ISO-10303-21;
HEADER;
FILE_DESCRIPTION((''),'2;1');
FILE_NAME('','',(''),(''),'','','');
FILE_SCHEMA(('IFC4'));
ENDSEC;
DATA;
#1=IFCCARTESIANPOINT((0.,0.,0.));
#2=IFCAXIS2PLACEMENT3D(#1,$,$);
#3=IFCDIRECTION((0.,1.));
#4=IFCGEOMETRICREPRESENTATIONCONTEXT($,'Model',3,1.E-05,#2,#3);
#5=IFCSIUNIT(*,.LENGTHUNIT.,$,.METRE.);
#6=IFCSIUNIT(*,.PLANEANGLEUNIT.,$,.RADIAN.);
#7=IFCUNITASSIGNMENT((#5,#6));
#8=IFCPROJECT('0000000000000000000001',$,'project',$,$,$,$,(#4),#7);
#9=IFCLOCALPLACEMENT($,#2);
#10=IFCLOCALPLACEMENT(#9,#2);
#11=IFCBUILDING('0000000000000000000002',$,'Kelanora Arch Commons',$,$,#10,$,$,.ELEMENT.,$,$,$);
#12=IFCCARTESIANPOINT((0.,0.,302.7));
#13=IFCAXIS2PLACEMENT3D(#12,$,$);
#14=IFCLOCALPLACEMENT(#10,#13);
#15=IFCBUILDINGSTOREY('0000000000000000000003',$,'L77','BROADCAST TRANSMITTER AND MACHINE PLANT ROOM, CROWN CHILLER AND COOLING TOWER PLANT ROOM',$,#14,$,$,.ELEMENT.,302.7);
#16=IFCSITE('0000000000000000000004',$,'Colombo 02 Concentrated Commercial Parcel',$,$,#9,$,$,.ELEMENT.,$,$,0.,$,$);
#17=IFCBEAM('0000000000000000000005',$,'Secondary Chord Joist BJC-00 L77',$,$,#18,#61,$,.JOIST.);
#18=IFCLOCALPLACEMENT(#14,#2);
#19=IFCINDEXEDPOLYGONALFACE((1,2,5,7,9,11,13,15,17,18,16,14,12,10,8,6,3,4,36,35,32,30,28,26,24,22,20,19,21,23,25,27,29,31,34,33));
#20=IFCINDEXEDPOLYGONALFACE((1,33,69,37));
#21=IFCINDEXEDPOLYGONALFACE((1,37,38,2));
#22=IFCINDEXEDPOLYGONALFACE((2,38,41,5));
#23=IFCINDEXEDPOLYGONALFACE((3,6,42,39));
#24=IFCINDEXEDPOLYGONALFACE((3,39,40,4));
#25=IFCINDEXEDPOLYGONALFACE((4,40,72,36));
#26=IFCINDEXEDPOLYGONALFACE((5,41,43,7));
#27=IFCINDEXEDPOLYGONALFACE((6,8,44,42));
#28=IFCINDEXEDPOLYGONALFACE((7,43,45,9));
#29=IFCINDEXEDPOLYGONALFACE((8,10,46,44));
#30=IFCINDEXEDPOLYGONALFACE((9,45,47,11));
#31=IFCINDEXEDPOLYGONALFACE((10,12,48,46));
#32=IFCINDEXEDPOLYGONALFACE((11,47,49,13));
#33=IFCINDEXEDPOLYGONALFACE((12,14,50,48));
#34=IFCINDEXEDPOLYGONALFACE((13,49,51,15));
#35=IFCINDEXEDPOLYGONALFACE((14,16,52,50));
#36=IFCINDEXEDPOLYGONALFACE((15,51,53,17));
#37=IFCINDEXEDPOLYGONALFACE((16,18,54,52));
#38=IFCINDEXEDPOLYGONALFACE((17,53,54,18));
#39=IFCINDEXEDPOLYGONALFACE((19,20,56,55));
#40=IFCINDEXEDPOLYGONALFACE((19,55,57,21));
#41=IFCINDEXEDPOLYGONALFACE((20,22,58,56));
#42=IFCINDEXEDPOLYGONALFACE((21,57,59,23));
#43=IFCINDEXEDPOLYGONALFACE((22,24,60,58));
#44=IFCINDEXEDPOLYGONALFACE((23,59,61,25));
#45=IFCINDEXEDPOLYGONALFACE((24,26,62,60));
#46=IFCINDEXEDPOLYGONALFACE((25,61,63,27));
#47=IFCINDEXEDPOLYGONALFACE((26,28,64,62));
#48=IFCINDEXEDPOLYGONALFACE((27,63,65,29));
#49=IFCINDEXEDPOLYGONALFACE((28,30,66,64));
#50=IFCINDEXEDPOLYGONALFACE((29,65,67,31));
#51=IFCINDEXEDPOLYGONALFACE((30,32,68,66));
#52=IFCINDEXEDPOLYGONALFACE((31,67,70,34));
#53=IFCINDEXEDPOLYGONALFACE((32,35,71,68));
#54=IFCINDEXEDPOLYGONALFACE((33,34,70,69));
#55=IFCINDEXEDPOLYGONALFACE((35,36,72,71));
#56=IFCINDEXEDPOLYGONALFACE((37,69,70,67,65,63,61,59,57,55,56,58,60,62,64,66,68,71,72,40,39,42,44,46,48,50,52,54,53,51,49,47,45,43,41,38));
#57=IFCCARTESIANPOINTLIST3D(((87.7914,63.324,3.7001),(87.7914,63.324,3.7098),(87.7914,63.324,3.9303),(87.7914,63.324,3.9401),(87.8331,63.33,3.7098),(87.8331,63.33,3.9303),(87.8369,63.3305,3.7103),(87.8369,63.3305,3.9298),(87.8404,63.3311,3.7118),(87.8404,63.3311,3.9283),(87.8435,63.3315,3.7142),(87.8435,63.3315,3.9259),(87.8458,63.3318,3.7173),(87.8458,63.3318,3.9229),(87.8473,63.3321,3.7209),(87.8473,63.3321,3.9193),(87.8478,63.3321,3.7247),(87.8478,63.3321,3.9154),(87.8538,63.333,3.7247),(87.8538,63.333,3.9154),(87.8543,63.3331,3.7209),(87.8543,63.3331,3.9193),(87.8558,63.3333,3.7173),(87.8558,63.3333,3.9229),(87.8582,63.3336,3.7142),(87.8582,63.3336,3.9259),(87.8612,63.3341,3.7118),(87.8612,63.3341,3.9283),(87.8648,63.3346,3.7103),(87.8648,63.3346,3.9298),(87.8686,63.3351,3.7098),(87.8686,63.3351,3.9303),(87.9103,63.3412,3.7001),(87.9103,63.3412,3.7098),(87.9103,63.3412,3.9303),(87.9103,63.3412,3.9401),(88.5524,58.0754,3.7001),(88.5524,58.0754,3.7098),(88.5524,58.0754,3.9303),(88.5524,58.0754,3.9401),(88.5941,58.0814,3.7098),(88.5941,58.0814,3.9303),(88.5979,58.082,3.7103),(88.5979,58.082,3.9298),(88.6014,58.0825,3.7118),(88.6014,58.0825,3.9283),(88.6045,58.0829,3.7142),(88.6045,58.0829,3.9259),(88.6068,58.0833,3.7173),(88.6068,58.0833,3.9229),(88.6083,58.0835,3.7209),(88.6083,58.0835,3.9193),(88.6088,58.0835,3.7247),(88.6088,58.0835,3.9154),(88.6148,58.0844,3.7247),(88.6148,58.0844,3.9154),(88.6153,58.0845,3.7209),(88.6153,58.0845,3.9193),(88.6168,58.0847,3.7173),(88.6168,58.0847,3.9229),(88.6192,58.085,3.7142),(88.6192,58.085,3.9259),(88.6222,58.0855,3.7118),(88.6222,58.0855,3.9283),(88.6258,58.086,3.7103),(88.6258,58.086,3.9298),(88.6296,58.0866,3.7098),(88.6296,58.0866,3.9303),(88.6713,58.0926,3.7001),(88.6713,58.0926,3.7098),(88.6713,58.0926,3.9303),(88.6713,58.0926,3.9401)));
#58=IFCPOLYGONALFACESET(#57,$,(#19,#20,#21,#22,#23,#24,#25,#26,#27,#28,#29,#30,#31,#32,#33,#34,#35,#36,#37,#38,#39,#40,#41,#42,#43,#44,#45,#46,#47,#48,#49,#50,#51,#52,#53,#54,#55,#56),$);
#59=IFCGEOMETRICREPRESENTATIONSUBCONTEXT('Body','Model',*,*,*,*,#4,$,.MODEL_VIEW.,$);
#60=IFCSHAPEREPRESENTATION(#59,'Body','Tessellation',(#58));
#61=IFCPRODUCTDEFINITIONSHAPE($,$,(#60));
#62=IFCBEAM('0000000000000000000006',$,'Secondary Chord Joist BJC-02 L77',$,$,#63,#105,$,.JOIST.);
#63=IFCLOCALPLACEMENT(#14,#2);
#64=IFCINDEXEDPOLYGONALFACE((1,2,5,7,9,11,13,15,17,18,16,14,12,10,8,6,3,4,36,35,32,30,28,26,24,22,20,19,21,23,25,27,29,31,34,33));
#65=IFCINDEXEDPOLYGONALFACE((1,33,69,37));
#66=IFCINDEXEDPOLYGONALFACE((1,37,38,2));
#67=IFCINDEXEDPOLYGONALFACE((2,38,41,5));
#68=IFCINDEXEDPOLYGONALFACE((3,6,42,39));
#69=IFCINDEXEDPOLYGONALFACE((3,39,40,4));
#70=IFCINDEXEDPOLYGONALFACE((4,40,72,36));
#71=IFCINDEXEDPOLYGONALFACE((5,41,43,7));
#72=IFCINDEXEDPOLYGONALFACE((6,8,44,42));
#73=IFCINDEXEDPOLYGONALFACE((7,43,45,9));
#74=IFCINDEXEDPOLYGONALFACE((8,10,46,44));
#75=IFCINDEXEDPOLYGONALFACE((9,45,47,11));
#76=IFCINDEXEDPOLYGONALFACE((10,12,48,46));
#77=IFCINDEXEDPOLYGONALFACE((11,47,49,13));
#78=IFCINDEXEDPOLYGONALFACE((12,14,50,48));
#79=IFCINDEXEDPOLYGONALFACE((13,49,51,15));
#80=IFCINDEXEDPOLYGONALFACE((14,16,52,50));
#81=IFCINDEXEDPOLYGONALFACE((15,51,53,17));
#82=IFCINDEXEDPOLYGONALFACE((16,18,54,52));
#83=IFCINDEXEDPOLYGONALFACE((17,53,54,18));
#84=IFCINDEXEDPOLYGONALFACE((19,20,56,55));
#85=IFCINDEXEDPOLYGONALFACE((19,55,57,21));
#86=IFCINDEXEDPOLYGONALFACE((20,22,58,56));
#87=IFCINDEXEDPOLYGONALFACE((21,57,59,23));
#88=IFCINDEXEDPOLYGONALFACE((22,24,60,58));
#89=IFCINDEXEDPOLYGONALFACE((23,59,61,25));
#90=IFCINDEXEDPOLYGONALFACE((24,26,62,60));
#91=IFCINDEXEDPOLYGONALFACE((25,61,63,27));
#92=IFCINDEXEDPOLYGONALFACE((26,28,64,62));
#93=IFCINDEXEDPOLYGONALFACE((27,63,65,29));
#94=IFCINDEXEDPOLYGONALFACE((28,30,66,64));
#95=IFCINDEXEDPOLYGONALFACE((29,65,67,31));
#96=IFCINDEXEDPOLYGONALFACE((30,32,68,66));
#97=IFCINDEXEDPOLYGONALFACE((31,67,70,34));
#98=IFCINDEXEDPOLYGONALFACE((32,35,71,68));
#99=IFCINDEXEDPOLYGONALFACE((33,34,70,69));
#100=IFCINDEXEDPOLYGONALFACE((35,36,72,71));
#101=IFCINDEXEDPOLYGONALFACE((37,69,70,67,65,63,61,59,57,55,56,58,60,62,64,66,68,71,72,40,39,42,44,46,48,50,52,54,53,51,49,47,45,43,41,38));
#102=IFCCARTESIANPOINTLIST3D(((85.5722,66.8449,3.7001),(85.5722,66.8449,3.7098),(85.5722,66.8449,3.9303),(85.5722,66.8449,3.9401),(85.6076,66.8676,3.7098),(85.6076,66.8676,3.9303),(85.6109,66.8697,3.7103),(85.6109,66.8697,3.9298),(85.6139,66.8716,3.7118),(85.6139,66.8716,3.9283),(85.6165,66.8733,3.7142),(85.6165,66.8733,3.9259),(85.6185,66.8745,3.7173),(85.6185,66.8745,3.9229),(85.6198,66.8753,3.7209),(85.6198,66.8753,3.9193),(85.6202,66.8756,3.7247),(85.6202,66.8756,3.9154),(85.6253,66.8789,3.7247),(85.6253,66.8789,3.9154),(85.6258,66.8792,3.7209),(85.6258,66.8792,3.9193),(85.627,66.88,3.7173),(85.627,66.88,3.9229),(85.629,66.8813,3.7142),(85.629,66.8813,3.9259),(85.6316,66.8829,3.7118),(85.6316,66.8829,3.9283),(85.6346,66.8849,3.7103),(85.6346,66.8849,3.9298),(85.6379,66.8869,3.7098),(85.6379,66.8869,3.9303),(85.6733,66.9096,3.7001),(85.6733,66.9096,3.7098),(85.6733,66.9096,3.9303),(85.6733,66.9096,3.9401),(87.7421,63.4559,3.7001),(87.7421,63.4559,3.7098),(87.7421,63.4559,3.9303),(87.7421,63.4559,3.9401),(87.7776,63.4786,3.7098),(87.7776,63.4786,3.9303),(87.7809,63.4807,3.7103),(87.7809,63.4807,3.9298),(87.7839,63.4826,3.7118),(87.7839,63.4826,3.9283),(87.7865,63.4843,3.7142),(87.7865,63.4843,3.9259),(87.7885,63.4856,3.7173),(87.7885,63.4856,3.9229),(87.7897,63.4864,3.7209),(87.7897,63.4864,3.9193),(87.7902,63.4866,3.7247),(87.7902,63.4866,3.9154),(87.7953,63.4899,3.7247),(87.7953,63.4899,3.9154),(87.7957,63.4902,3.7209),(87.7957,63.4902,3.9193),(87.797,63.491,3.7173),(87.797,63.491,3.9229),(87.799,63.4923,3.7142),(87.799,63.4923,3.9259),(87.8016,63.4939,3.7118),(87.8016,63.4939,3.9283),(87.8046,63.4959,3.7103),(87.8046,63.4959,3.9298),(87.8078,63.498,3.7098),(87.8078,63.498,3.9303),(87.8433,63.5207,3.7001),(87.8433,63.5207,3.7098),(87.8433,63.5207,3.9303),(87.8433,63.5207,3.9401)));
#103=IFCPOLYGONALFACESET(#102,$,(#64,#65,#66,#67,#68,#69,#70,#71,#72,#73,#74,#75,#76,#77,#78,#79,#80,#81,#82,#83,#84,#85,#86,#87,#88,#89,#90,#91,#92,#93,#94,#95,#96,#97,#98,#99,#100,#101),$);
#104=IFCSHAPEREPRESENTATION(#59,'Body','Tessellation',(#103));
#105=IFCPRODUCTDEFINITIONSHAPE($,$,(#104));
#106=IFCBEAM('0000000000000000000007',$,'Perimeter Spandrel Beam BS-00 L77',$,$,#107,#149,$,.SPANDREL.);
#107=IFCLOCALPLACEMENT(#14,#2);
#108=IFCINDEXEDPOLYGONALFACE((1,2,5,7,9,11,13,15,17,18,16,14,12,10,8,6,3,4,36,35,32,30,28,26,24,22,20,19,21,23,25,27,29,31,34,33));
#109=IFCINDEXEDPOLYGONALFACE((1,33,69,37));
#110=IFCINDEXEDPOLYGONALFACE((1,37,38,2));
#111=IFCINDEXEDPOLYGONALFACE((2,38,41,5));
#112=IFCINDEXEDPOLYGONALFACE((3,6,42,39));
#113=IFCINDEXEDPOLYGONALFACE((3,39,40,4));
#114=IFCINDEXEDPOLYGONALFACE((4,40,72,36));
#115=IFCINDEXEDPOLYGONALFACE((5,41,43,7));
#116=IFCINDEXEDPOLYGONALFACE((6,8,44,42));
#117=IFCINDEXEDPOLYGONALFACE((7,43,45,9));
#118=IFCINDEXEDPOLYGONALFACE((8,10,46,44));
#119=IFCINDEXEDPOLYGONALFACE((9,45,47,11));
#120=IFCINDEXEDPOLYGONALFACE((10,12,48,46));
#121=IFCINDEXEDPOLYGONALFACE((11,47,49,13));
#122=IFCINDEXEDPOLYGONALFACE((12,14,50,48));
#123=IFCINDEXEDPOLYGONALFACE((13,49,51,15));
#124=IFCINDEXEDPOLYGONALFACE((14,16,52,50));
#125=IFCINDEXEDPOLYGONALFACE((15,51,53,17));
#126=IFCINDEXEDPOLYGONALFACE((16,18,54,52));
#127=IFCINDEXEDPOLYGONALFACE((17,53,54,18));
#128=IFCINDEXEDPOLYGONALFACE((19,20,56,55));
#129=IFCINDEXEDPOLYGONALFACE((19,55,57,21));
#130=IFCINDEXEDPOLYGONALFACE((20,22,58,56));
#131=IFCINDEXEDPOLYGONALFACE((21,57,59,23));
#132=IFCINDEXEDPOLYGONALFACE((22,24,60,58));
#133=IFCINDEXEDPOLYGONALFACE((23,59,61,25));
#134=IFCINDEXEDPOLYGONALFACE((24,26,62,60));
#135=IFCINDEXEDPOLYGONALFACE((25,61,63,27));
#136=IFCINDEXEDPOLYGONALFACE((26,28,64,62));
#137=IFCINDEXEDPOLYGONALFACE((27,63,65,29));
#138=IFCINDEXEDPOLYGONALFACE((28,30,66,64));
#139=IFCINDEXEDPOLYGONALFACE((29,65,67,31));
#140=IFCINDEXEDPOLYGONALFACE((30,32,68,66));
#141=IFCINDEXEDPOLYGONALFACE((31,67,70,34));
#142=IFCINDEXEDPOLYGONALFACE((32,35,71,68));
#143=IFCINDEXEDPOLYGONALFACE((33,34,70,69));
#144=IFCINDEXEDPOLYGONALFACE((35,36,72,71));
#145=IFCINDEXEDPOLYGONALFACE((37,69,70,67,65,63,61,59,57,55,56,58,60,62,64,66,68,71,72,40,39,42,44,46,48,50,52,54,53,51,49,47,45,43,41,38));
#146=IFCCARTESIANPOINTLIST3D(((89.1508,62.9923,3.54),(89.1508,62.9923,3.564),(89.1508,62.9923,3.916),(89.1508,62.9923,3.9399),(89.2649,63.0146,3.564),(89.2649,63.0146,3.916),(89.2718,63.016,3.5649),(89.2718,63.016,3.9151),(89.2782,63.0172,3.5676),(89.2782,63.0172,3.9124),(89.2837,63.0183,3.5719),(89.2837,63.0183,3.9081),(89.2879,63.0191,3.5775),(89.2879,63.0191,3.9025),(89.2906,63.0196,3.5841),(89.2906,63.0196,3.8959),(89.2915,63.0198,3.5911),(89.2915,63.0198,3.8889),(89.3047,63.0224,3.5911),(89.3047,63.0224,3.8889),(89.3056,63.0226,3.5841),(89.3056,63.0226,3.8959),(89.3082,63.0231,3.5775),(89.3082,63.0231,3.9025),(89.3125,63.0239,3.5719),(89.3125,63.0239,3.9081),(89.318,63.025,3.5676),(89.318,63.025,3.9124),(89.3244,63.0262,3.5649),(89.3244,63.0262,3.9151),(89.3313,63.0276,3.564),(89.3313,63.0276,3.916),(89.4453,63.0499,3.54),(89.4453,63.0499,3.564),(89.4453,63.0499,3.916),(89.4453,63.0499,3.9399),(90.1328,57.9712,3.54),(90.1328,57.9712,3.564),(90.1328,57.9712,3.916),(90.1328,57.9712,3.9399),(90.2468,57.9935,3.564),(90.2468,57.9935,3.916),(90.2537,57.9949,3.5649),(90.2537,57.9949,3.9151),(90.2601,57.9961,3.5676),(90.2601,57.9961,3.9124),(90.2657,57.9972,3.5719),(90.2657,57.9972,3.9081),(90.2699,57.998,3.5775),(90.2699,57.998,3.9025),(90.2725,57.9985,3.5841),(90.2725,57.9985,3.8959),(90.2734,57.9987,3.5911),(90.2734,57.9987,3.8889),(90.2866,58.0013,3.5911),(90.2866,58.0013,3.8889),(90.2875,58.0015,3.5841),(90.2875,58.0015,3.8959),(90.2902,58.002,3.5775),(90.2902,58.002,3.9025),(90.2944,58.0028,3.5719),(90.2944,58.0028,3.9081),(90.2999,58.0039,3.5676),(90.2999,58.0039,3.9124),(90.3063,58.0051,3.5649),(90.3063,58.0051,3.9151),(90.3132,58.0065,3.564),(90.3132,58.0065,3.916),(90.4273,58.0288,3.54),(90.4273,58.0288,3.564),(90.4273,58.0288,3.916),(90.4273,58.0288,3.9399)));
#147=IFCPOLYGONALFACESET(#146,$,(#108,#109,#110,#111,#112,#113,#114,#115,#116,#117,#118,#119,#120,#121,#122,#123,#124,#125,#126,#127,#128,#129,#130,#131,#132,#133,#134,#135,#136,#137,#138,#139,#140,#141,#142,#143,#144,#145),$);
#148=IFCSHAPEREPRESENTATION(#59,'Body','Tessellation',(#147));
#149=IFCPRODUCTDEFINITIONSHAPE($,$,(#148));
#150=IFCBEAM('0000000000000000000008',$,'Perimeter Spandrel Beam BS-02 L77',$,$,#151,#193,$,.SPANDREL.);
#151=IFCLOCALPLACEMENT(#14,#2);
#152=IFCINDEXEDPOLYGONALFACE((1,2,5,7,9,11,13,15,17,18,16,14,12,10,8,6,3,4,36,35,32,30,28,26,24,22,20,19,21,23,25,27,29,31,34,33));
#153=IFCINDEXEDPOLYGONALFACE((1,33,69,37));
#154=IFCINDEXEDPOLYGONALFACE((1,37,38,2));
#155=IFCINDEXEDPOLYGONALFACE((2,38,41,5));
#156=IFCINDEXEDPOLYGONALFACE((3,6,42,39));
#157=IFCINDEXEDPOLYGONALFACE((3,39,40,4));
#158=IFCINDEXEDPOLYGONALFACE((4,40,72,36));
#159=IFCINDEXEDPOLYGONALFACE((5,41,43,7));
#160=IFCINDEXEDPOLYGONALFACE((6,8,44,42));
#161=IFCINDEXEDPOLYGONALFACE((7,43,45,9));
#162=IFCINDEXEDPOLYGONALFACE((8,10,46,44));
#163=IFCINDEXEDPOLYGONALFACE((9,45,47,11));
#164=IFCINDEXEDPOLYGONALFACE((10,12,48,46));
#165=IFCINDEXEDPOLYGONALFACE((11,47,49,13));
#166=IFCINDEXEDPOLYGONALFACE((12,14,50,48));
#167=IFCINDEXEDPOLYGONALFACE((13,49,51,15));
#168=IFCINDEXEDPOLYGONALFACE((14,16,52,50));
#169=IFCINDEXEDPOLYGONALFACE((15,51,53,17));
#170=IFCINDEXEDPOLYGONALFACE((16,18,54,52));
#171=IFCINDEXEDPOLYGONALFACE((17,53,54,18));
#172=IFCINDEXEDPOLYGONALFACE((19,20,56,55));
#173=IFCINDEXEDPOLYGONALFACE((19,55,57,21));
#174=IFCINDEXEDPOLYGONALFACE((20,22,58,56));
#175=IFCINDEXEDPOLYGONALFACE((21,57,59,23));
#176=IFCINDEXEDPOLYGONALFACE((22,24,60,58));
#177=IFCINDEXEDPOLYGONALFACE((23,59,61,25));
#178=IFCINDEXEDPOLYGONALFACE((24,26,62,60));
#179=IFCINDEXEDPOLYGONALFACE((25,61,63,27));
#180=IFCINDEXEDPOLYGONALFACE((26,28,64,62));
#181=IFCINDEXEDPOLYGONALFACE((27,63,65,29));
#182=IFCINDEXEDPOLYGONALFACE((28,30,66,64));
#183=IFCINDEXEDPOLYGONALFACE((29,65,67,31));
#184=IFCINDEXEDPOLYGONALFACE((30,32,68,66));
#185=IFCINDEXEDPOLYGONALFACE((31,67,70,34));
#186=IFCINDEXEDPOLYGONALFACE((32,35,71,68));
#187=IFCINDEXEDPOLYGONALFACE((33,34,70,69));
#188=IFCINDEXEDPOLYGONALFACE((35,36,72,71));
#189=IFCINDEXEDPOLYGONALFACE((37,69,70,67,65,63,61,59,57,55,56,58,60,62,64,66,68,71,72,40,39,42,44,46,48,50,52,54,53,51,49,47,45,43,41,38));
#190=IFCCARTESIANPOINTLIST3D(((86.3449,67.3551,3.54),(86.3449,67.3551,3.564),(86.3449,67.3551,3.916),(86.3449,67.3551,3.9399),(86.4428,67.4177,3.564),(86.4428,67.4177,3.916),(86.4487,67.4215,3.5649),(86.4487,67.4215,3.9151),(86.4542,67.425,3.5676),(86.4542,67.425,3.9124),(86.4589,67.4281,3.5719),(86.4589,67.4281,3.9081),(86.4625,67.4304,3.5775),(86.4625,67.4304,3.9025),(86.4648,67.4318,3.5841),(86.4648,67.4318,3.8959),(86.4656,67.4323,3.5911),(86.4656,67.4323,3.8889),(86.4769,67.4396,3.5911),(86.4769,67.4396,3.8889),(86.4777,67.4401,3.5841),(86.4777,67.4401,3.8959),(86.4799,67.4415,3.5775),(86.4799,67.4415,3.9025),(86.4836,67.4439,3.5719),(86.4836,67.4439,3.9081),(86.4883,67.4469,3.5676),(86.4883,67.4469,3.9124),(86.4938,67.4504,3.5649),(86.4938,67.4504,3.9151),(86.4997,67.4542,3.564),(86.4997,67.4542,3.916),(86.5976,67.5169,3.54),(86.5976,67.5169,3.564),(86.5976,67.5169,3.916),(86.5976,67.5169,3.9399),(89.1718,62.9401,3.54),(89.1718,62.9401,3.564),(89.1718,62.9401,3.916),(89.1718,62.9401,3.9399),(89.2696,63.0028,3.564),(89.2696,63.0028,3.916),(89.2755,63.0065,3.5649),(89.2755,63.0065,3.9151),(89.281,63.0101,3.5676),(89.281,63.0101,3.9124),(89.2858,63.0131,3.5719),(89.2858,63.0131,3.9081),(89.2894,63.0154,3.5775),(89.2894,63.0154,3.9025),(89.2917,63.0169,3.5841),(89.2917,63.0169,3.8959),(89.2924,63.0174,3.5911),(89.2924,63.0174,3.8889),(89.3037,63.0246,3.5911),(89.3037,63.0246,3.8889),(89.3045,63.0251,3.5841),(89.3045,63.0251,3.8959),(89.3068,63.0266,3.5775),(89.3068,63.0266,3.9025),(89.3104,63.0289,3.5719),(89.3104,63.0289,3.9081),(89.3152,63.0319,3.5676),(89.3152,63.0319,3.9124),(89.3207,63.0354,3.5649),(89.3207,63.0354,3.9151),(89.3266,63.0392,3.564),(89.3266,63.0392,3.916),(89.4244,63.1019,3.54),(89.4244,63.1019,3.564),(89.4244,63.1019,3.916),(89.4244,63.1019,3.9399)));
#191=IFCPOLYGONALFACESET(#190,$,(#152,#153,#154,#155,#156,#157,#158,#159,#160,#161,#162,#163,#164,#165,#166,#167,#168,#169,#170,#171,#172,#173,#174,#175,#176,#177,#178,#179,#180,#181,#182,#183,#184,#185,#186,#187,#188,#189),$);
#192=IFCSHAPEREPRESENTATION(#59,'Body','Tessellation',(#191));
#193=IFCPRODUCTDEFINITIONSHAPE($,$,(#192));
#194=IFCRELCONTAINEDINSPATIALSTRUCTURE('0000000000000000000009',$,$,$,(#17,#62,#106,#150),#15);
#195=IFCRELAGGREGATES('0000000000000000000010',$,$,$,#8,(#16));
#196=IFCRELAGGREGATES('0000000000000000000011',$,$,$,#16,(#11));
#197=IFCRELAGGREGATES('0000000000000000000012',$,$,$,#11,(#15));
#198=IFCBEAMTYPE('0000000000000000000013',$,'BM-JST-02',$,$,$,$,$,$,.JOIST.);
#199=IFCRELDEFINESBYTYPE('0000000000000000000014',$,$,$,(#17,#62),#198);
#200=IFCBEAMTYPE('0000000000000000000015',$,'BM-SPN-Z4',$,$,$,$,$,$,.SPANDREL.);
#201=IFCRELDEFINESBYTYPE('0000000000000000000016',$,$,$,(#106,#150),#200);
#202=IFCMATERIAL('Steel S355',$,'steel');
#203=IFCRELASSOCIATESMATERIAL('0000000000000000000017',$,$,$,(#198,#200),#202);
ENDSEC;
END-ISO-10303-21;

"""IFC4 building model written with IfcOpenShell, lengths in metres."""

from ifc_helpers import new_model, si_unit, direction, frame, origin, origin_2d, place, context, subcontext, project, spatial, i_section, extrude, material, material_profile, profile_set, type_object, element, save


model = new_model("IFC4")

# Units and contexts
model_context = context("Model", 3, precision=1e-05, world=origin(), true_north=direction((0.0, 1.0)))
body_context = subcontext(model_context, "Body", "Model", "MODEL_VIEW")
ifc_project = project(units=[si_unit("LENGTHUNIT", "METRE"), si_unit("PLANEANGLEUNIT", "RADIAN")], contexts=[model_context])

# Site, building, storey
site_placement = place(None, origin())
site = spatial("IfcSite", under=ifc_project, at=site_placement, Name="Colombo 02 Concentrated Commercial Parcel", CompositionType="ELEMENT", RefElevation=0.0)
building_placement = place(site_placement, origin())
building = spatial("IfcBuilding", under=site, at=building_placement, Name="Kelanora Arch Commons", CompositionType="ELEMENT")
storey_placement = place(building_placement, frame((0.0, 0.0, 302.7)))
storey = spatial("IfcBuildingStorey", under=building, at=storey_placement, Name="L77", Description="BROADCAST TRANSMITTER AND MACHINE PLANT ROOM, CROWN CHILLER AND COOLING TOWER PLANT ROOM", CompositionType="ELEMENT", Elevation=302.7)

# Beams
ifc_material_1 = material(Name="Steel S355", Category="steel")
ifc_material_profile_1 = material_profile(ifc_material_1, i_section(OverallWidth=0.1201, OverallDepth=0.24, WebThickness=0.0061, FlangeThickness=0.0098, FilletRadius=0.0149, at=origin_2d()), Name="IPE240")
ifc_profile_set_1 = profile_set([ifc_material_profile_1], Name="Steel S355")
beam_type_1 = type_object("IfcBeamType", Name="BM-JST-02", PredefinedType="JOIST", material=ifc_profile_set_1)
beam_1_placement = place(storey_placement, frame((88.6118, 58.084, 3.8201), z_axis=(-0.14349, 0.989652, 0.0), x_axis=(-0.989652, -0.14349, 0.0)))
element("IfcBeam", 1, at=beam_1_placement, inside=storey, type_object=beam_type_1, Name="Secondary Chord Joist BJC-00 L77", PredefinedType="JOIST", context=body_context, shape_type="SweptSolid", body=[
    extrude(i_section(OverallWidth=0.1201, OverallDepth=0.24, WebThickness=0.0061, FlangeThickness=0.0098, FilletRadius=0.0149, at=origin_2d()), origin(), (0.0, 0.0, 1.0), 5.3035),
])
beam_2_placement = place(storey_placement, frame((87.7927, 63.4883, 3.8201), z_axis=(-0.539233, 0.842157, 0.0), x_axis=(-0.842157, -0.539233, 0.0)))
element("IfcBeam", 2, at=beam_2_placement, inside=storey, type_object=beam_type_1, Name="Secondary Chord Joist BJC-02 L77", PredefinedType="JOIST", context=body_context, shape_type="SweptSolid", body=[
    extrude(i_section(OverallWidth=0.1201, OverallDepth=0.24, WebThickness=0.0061, FlangeThickness=0.0098, FilletRadius=0.0149, at=origin_2d()), origin(), (0.0, 0.0, 1.0), 4.0242),
])
ifc_material_profile_2 = material_profile(ifc_material_1, i_section(OverallWidth=0.3, OverallDepth=0.3999, WebThickness=0.0134, FlangeThickness=0.0239, FilletRadius=0.0271, at=origin_2d()), Name="HEB400")
ifc_profile_set_2 = profile_set([ifc_material_profile_2], Name="Steel S355")
beam_type_2 = type_object("IfcBeamType", Name="BM-SPN-Z4", PredefinedType="SPANDREL", material=ifc_profile_set_2)
beam_3_placement = place(storey_placement, frame((90.28, 58.0, 3.74), z_axis=(-0.19193, 0.981409, 0.0), x_axis=(-0.981409, -0.19193, 0.0)))
element("IfcBeam", 3, at=beam_3_placement, inside=storey, type_object=beam_type_2, Name="Perimeter Spandrel Beam BS-00 L77", PredefinedType="SPANDREL", context=body_context, shape_type="SweptSolid", body=[
    extrude(i_section(OverallWidth=0.3, OverallDepth=0.3999, WebThickness=0.0134, FlangeThickness=0.0239, FilletRadius=0.0271, at=origin_2d()), origin(), (0.0, 0.0, 1.0), 5.1162),
])
beam_4_placement = place(storey_placement, frame((89.2981, 63.021, 3.74), z_axis=(-0.539227, 0.842161, 0.0), x_axis=(-0.842161, -0.539227, 0.0)))
element("IfcBeam", 4, at=beam_4_placement, inside=storey, type_object=beam_type_2, Name="Perimeter Spandrel Beam BS-02 L77", PredefinedType="SPANDREL", context=body_context, shape_type="SweptSolid", body=[
    extrude(i_section(OverallWidth=0.3, OverallDepth=0.3999, WebThickness=0.0134, FlangeThickness=0.0239, FilletRadius=0.0271, at=origin_2d()), origin(), (0.0, 0.0, 1.0), 5.2424),
])

save(model, "model.ifc")
